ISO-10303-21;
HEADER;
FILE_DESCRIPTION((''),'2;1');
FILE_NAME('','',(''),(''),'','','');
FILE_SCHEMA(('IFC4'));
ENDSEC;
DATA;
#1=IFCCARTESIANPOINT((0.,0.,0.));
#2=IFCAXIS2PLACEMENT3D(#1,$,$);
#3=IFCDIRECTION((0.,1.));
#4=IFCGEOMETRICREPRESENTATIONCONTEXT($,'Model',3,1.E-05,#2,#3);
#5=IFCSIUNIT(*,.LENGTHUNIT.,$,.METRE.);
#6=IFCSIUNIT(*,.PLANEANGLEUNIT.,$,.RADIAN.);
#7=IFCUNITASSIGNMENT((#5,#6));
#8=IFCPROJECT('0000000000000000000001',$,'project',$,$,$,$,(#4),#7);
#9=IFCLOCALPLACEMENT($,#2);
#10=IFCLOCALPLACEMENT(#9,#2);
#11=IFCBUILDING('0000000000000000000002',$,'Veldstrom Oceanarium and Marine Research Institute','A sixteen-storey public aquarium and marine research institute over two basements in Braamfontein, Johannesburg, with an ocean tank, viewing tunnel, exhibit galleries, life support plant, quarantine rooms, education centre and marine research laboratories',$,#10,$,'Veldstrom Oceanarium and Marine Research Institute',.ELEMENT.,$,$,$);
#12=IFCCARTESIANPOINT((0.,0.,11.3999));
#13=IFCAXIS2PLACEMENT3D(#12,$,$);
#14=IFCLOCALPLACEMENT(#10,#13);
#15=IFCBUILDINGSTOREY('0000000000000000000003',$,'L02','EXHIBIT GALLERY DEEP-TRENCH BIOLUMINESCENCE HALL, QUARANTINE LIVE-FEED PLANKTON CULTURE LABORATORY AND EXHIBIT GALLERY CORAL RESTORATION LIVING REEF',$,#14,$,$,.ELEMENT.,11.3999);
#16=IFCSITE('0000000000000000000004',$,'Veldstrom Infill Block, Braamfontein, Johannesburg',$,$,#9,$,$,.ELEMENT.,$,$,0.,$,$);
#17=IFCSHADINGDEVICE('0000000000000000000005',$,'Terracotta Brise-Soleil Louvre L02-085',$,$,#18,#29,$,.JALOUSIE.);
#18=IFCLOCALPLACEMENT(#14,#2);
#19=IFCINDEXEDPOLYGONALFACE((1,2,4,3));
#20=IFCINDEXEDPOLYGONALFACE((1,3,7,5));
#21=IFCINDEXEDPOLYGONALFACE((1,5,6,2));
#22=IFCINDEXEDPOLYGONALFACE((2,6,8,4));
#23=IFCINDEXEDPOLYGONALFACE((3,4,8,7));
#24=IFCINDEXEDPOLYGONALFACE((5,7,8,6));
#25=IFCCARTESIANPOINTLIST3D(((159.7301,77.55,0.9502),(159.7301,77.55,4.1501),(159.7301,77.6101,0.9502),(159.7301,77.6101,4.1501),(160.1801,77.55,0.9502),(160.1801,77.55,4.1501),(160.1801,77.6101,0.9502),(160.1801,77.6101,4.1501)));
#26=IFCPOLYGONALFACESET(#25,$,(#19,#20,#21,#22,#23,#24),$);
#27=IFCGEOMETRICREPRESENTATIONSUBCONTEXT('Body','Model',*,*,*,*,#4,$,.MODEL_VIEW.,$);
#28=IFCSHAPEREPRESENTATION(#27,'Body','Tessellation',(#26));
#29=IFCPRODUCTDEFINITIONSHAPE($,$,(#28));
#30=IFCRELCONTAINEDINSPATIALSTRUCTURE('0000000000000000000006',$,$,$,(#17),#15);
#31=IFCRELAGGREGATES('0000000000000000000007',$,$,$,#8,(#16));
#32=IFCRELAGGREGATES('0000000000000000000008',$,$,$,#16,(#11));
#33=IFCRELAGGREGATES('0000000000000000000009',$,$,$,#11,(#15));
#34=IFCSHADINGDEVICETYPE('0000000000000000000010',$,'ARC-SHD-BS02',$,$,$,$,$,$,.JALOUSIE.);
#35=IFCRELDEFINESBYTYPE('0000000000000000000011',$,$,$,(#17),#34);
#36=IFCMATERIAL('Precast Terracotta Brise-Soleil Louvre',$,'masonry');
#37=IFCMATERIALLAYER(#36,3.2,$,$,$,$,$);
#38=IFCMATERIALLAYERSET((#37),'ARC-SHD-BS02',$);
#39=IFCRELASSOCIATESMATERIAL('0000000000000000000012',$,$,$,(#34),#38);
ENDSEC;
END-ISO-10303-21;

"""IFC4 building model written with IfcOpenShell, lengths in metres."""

from ifc_helpers import new_model, si_unit, direction, frame, origin, origin_2d, place, context, subcontext, project, spatial, rectangle, extrude, material, layer, layer_set, type_object, element, save


model = new_model("IFC4")

# Units and contexts
model_context = context("Model", 3, precision=1e-05, world=origin(), true_north=direction((0.0, 1.0)))
body_context = subcontext(model_context, "Body", "Model", "MODEL_VIEW")
ifc_project = project(units=[si_unit("LENGTHUNIT", "METRE"), si_unit("PLANEANGLEUNIT", "RADIAN")], contexts=[model_context])

# Site, building, storey
site_placement = place(None, origin())
site = spatial("IfcSite", under=ifc_project, at=site_placement, Name="Veldstrom Infill Block, Braamfontein, Johannesburg", CompositionType="ELEMENT", RefElevation=0.0)
building_placement = place(site_placement, origin())
building = spatial("IfcBuilding", under=site, at=building_placement, Name="Veldstrom Oceanarium and Marine Research Institute", Description="A sixteen-storey public aquarium and marine research institute over two basements in Braamfontein, Johannesburg, with an ocean tank, viewing tunnel, exhibit galleries, life support plant, quarantine rooms, education centre and marine research laboratories", LongName="Veldstrom Oceanarium and Marine Research Institute", CompositionType="ELEMENT")
storey_placement = place(building_placement, frame((0.0, 0.0, 11.3999)))
storey = spatial("IfcBuildingStorey", under=building, at=storey_placement, Name="L02", Description="EXHIBIT GALLERY DEEP-TRENCH BIOLUMINESCENCE HALL, QUARANTINE LIVE-FEED PLANKTON CULTURE LABORATORY AND EXHIBIT GALLERY CORAL RESTORATION LIVING REEF", CompositionType="ELEMENT", Elevation=11.3999)

# Shading device
ifc_material_1 = material(Name="Precast Terracotta Brise-Soleil Louvre", Category="masonry")
ifc_layer_1 = layer(ifc_material_1, 3.2)
ifc_layer_set_1 = layer_set([ifc_layer_1], Name="ARC-SHD-BS02")
shading_device_type = type_object("IfcShadingDeviceType", Name="ARC-SHD-BS02", PredefinedType="JALOUSIE", material=ifc_layer_set_1)
for number, where, z_axis, x_axis, name in (
    (1, (159.9551, 77.5801, 0.9502), (0.0, 0.0, 1.0), (1.0, 0.0, 0.0), "Terracotta Brise-Soleil Louvre L02-085"),
):
    element("IfcShadingDevice", number, at=place(storey_placement, frame(where, z_axis=z_axis, x_axis=x_axis)), inside=storey, type_object=shading_device_type, Name=name, PredefinedType="JALOUSIE", context=body_context, shape_type="SweptSolid", body=[
        extrude(rectangle(XDim=0.45, YDim=0.0601, at=origin_2d()), origin(), (0.0, 0.0, 1.0), 3.2),
    ])

save(model, "model.ifc")
